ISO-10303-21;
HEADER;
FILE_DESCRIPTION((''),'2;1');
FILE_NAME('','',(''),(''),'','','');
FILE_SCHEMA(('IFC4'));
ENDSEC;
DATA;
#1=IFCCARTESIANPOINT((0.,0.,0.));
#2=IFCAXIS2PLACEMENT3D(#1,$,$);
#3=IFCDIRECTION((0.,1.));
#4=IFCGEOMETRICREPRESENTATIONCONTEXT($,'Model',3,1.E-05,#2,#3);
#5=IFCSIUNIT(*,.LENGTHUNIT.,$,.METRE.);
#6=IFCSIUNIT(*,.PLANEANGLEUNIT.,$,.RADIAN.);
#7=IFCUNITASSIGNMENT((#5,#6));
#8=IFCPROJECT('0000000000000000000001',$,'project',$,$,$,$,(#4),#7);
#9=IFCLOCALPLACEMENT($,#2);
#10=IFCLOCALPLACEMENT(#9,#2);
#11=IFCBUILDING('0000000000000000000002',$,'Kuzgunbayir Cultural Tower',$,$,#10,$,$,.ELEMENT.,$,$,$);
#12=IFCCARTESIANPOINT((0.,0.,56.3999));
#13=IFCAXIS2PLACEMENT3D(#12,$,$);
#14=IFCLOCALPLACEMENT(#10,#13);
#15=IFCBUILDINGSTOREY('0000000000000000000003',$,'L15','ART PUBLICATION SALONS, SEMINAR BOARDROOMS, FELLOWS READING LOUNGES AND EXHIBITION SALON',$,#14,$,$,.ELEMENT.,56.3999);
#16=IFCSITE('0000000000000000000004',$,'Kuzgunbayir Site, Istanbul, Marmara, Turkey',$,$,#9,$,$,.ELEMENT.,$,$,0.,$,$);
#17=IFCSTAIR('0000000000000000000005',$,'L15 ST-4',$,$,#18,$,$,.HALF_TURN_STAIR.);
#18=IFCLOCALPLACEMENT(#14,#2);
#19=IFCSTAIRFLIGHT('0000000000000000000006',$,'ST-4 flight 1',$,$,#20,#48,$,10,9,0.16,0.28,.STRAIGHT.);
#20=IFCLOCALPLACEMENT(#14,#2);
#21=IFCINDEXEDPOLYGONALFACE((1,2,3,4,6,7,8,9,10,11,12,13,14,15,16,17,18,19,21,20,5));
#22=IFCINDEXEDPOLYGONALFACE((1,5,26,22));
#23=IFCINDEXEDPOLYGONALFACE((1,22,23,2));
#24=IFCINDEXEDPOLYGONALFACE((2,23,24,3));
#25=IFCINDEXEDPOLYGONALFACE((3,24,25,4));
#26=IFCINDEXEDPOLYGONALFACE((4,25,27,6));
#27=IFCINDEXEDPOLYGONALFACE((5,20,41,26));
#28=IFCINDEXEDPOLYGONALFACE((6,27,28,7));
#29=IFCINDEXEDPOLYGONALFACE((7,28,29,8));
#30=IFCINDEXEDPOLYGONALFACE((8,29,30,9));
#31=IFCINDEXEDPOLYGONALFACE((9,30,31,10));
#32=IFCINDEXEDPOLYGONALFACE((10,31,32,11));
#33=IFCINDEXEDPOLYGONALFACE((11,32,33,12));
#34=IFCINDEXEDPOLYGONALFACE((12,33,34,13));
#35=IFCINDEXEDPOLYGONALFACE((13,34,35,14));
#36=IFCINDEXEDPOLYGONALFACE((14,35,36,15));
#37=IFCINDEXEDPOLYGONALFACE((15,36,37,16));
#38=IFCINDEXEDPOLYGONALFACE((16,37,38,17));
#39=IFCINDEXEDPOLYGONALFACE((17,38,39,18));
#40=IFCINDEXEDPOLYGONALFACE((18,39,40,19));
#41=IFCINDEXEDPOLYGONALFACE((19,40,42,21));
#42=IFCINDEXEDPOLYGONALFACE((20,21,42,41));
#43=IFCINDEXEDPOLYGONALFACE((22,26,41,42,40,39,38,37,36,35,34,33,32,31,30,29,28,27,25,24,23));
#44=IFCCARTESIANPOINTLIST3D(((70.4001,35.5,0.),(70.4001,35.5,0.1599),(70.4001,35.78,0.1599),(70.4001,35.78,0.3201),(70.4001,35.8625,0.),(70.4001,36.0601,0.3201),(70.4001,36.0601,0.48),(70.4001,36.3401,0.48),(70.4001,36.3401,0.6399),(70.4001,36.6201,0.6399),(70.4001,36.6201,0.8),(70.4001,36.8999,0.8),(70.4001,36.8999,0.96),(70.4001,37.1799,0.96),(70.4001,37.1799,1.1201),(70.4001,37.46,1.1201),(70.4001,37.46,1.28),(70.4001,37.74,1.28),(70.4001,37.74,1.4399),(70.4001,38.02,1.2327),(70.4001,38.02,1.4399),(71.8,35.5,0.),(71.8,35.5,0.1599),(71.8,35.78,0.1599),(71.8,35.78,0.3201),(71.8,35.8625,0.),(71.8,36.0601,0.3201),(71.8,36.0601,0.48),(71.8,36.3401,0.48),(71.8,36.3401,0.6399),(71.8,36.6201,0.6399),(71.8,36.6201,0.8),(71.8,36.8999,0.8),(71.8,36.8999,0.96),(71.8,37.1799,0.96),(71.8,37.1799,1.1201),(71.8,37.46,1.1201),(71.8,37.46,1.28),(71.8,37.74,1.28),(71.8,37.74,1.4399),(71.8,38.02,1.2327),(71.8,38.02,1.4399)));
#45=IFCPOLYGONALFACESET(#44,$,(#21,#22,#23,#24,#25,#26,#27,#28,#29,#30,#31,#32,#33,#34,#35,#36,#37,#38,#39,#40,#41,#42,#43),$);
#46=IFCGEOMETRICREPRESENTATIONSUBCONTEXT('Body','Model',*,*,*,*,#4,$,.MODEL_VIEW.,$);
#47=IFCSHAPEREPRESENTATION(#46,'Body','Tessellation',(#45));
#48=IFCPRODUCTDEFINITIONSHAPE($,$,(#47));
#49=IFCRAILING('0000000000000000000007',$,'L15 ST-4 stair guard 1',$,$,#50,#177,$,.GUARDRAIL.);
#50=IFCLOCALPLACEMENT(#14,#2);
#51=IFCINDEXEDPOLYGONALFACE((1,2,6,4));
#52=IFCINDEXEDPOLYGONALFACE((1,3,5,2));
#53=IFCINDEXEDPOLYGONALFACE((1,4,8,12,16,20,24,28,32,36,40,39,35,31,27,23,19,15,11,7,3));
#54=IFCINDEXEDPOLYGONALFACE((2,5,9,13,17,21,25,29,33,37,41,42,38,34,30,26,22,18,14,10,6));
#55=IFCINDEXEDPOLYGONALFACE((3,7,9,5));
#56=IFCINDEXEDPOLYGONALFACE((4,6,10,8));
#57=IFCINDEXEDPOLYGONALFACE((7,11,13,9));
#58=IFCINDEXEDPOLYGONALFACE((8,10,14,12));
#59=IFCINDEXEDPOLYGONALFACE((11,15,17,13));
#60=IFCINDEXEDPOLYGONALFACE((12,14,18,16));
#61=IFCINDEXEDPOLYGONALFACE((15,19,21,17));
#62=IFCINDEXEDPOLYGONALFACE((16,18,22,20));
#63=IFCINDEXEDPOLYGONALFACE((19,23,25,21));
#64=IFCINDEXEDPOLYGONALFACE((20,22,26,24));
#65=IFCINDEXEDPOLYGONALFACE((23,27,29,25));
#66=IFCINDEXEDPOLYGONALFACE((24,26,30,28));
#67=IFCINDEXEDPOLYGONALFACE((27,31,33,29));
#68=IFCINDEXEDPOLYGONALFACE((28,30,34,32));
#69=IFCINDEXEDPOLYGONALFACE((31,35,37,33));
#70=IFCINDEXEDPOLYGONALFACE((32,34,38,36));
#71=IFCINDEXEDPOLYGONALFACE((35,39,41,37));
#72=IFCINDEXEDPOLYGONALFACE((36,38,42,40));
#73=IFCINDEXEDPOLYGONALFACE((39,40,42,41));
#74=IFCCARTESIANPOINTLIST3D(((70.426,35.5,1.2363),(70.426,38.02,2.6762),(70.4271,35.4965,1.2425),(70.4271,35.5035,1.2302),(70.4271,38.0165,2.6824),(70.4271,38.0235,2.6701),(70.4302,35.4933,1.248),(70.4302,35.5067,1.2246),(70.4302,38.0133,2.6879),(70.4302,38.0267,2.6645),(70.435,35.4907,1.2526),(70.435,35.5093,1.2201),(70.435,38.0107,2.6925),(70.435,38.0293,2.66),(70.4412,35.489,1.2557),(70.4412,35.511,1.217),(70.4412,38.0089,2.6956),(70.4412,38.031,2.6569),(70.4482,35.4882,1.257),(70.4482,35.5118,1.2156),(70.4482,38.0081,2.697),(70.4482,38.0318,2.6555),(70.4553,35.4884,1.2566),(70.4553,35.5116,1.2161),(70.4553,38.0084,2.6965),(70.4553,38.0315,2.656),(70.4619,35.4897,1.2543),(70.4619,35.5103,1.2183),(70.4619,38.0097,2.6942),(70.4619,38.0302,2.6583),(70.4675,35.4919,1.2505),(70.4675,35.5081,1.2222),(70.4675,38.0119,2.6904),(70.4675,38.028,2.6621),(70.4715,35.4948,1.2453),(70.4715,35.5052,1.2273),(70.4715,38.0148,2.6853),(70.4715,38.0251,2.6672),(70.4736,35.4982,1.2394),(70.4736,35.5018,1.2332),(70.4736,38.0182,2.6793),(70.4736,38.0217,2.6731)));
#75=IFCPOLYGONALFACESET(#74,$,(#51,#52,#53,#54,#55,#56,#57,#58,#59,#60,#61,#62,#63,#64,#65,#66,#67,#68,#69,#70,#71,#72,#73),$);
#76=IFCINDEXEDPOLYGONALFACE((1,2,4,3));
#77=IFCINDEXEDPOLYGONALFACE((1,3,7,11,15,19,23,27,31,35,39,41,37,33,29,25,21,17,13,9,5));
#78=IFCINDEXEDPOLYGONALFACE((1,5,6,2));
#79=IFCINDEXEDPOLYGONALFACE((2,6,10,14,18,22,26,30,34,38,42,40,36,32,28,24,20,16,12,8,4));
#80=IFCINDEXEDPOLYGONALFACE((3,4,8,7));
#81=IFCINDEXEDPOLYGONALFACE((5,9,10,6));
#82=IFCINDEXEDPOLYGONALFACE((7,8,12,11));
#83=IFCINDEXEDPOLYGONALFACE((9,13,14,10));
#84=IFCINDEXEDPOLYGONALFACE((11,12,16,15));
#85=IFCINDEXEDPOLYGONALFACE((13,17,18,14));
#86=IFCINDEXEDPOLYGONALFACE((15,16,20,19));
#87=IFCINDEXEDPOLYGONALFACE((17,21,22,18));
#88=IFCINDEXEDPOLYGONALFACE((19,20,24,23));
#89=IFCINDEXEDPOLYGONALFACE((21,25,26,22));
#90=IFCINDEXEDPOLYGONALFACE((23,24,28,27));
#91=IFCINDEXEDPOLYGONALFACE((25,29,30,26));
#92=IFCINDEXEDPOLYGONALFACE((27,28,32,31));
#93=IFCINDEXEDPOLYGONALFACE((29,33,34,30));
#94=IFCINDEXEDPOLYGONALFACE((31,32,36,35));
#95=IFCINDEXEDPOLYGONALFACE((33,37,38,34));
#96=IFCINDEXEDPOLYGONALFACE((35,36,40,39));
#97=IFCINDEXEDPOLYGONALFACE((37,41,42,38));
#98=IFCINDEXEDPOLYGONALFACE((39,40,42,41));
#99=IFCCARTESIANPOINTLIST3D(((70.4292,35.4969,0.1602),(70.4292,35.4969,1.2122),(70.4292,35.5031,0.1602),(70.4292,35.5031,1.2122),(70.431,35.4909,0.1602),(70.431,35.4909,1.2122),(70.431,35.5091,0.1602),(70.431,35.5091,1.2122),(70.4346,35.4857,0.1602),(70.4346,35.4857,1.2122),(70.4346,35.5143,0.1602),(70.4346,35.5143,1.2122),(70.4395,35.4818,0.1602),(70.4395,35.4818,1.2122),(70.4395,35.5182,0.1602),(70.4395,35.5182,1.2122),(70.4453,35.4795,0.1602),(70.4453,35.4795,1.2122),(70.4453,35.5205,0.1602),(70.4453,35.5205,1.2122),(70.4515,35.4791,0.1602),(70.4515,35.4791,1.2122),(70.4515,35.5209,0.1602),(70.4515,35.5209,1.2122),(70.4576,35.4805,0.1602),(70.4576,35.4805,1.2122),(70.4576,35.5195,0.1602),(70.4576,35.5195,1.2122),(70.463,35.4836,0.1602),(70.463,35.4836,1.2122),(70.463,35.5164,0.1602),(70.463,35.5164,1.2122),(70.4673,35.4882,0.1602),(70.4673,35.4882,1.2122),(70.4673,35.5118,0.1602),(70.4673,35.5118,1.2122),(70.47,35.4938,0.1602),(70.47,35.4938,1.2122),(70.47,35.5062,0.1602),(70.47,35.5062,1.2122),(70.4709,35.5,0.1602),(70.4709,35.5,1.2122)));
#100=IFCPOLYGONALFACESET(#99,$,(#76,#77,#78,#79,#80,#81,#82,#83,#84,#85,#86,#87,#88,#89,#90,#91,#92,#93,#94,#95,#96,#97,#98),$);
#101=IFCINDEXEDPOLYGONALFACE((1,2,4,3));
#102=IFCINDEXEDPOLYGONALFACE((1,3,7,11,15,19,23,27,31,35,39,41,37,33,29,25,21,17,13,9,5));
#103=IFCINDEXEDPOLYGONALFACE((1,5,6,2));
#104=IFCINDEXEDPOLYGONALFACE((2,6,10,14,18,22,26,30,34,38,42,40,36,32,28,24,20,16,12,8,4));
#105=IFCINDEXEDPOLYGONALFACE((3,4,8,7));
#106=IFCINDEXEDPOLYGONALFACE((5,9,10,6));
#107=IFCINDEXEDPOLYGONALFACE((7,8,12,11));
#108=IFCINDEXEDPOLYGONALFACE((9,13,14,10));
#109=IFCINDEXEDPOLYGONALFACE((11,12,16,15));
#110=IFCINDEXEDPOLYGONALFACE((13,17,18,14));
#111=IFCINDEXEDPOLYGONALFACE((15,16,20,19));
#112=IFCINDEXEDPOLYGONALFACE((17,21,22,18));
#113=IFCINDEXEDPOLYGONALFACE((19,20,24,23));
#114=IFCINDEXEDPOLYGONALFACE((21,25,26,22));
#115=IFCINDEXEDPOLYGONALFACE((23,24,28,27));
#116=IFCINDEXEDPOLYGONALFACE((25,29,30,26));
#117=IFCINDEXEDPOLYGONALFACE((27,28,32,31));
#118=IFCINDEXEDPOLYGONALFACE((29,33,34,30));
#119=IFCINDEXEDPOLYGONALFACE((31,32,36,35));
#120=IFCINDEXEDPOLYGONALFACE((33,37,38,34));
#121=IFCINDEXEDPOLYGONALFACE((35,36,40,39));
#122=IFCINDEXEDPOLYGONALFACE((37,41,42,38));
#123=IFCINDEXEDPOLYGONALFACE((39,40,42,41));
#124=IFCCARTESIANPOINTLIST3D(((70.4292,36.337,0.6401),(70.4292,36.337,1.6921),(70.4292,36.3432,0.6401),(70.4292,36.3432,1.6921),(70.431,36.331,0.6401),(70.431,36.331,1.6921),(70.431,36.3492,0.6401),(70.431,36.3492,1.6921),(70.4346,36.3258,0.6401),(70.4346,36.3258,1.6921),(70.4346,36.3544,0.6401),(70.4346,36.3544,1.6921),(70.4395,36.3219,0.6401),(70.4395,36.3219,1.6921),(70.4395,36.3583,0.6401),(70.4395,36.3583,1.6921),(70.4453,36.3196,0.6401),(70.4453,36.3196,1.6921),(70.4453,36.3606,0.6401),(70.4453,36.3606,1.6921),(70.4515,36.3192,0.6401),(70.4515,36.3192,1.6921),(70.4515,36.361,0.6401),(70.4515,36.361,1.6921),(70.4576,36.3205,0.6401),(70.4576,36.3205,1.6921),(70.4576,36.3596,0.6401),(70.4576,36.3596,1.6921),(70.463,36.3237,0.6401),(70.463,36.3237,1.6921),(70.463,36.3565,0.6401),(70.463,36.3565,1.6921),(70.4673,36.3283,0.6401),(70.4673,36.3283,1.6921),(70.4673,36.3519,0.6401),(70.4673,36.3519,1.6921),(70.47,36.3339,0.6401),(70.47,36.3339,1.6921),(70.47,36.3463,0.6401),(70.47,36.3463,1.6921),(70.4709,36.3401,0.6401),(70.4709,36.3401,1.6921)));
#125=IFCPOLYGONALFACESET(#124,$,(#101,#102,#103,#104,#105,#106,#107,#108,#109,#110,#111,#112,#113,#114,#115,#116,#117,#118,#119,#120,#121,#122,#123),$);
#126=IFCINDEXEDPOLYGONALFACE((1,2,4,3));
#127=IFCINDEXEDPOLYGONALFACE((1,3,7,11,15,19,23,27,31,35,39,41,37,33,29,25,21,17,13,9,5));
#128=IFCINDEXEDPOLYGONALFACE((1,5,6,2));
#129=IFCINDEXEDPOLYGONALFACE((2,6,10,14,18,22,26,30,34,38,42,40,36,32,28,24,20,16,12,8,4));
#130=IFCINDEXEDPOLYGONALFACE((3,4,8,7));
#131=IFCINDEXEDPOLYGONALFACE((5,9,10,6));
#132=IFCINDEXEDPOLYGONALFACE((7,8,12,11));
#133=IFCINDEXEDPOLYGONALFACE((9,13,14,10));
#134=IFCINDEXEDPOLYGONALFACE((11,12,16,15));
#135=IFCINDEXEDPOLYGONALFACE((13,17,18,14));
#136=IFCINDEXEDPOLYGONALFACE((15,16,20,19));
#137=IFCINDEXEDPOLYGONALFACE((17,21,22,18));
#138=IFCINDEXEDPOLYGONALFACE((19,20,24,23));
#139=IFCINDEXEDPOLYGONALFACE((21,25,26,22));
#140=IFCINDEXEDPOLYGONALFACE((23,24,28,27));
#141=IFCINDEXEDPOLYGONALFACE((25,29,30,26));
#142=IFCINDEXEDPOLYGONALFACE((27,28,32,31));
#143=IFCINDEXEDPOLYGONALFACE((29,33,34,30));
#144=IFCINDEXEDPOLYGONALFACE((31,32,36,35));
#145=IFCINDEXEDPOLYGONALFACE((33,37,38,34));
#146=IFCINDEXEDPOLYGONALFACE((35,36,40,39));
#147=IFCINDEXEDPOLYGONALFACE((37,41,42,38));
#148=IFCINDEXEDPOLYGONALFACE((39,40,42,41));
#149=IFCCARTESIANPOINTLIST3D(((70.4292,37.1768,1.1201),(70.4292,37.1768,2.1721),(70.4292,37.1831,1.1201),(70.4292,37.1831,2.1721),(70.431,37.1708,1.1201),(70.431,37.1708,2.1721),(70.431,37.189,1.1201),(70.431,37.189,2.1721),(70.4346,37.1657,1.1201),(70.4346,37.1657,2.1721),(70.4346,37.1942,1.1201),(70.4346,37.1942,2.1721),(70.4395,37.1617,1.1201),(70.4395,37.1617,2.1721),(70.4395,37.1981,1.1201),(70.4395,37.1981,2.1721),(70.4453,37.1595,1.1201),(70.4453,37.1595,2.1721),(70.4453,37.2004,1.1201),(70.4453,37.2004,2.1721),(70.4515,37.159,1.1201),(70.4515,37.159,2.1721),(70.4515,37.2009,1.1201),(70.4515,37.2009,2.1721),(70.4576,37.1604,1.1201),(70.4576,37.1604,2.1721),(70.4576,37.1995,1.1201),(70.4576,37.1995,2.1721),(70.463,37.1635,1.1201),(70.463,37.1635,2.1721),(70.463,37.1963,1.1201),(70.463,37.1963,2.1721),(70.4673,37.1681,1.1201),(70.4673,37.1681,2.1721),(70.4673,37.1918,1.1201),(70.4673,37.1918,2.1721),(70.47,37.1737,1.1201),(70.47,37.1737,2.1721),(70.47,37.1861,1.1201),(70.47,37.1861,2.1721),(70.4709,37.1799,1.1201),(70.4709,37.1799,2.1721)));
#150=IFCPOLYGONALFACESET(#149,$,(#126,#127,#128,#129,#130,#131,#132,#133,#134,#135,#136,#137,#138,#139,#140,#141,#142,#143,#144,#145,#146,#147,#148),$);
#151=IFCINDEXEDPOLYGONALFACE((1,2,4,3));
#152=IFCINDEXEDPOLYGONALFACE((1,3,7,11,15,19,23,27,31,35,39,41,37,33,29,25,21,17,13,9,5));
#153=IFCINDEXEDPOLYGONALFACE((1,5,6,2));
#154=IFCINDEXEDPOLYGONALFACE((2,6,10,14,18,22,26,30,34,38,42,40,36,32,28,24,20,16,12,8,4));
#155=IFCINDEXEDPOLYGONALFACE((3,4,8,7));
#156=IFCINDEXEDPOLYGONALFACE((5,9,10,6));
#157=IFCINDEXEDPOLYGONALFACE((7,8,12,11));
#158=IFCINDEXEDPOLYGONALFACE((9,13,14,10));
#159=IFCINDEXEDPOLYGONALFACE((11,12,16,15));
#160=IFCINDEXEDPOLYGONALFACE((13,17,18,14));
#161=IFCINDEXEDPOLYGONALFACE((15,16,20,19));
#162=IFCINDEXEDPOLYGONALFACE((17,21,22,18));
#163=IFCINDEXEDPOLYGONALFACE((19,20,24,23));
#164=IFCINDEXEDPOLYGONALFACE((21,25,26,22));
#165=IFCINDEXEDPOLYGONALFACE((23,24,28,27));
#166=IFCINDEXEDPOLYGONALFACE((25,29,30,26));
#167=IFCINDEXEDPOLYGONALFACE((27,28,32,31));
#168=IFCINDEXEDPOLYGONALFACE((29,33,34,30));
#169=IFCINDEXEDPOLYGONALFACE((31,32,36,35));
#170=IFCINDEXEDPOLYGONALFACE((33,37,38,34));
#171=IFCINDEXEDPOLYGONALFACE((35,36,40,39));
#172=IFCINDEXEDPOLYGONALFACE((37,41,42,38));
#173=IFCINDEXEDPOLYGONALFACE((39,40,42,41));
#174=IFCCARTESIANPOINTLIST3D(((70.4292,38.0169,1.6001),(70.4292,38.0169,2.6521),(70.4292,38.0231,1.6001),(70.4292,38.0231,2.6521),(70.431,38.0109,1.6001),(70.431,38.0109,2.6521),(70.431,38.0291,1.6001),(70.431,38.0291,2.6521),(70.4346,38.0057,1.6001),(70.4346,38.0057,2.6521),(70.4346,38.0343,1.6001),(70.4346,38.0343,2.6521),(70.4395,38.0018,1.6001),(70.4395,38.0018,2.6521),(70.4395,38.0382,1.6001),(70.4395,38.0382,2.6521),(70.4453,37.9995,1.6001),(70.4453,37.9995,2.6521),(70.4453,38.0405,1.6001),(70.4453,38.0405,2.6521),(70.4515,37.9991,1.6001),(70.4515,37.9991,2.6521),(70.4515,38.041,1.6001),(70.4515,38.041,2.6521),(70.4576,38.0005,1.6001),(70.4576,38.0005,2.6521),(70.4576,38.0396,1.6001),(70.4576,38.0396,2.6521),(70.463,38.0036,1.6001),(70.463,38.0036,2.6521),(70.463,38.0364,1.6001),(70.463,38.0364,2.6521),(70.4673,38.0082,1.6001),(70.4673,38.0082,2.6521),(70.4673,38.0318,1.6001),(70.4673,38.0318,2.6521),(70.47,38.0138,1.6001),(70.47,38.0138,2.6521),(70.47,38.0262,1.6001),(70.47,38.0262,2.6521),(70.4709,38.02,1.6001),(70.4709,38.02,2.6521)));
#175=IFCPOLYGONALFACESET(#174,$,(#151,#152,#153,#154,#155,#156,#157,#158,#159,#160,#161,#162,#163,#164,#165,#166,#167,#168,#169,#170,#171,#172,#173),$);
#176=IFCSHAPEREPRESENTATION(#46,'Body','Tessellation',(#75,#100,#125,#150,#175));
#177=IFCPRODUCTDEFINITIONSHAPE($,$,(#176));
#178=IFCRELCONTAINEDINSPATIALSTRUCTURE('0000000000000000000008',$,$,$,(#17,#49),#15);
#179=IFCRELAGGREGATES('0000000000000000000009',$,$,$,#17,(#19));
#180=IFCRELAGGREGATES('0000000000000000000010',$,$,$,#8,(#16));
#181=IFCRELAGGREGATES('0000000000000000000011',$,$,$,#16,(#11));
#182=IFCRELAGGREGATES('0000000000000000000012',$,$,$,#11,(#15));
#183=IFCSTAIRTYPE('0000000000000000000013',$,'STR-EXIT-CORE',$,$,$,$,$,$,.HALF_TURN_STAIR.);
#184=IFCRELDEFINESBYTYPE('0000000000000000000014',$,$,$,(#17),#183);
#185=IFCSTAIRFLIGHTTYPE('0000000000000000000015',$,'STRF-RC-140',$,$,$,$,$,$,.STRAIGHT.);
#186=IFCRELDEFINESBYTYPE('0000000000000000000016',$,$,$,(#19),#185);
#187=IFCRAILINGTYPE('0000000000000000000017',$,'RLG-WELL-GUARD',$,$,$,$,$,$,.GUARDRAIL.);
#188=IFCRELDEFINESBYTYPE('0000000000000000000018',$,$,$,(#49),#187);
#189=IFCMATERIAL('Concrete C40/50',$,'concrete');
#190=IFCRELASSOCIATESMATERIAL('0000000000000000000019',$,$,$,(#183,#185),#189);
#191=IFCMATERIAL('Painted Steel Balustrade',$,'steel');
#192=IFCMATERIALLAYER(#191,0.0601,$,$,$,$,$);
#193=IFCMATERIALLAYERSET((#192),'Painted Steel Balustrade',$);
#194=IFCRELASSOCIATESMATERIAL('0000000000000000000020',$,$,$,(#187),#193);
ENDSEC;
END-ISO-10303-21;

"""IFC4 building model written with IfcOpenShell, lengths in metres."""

from ifc_helpers import new_model, si_unit, direction, frame, origin, origin_2d, place, context, subcontext, project, spatial, polyline, circle, outline, extrude, material, layer, layer_set, type_object, element, aggregate, save


model = new_model("IFC4")

# Units and contexts
model_context = context("Model", 3, precision=1e-05, world=origin(), true_north=direction((0.0, 1.0)))
body_context = subcontext(model_context, "Body", "Model", "MODEL_VIEW")
ifc_project = project(units=[si_unit("LENGTHUNIT", "METRE"), si_unit("PLANEANGLEUNIT", "RADIAN")], contexts=[model_context])

# Site, building, storey
site_placement = place(None, origin())
site = spatial("IfcSite", under=ifc_project, at=site_placement, Name="Kuzgunbayir Site, Istanbul, Marmara, Turkey", CompositionType="ELEMENT", RefElevation=0.0)
building_placement = place(site_placement, origin())
building = spatial("IfcBuilding", under=site, at=building_placement, Name="Kuzgunbayir Cultural Tower", CompositionType="ELEMENT")
storey_placement = place(building_placement, frame((0.0, 0.0, 56.3999)))
storey = spatial("IfcBuildingStorey", under=building, at=storey_placement, Name="L15", Description="ART PUBLICATION SALONS, SEMINAR BOARDROOMS, FELLOWS READING LOUNGES AND EXHIBITION SALON", CompositionType="ELEMENT", Elevation=56.3999)

# Shared definitions
ifc_material_1 = material(Name="Concrete C40/50", Category="concrete")

# Stair, stair flight
stair_type = type_object("IfcStairType", Name="STR-EXIT-CORE", PredefinedType="HALF_TURN_STAIR", material=ifc_material_1)
stair_placement = place(storey_placement, origin())
stair = element("IfcStair", 1, at=stair_placement, inside=storey, type_object=stair_type, Name="L15 ST-4", PredefinedType="HALF_TURN_STAIR")
stair_flight_type = type_object("IfcStairFlightType", Name="STRF-RC-140", PredefinedType="STRAIGHT", material=ifc_material_1)
stair_flight_placement = place(storey_placement, frame((71.1001, 35.5, 0.0), z_axis=(0.0, 0.0, 1.0), x_axis=(0.0, 1.0, 0.0)))
stair_flight = element("IfcStairFlight", 2, at=stair_flight_placement, type_object=stair_flight_type, Name="ST-4 flight 1", NumberOfRisers=10, NumberOfTreads=9, PredefinedType="STRAIGHT", RiserHeight=0.16, TreadLength=0.28, context=body_context, shape_type="SweptSolid", body=[
    extrude(outline(polyline([(0.0, 0.0), (0.0, 0.1599), (0.28, 0.1599), (0.28, 0.3201), (0.5601, 0.3201), (0.5601, 0.48), (0.8401, 0.48), (0.8401, 0.6399), (1.1201, 0.6399), (1.1201, 0.8), (1.3999, 0.8), (1.3999, 0.96), (1.6799, 0.96), (1.6799, 1.1201), (1.96, 1.1201), (1.96, 1.28), (2.24, 1.28), (2.24, 1.4399), (2.52, 1.4399), (2.52, 1.6001), (2.52, 1.2327), (0.3625, 0.0), (0.0, 0.0)])), frame((0.0, 0.7, 0.0), z_axis=(0.0, -1.0, 0.0), x_axis=(1.0, 0.0, 0.0)), (0.0, 0.0, 1.0), 1.3999),
])
aggregate(stair, [stair_flight])

# Railing
ifc_material_2 = material(Name="Painted Steel Balustrade", Category="steel")
ifc_layer_1 = layer(ifc_material_2, 0.0601)
ifc_layer_set_1 = layer_set([ifc_layer_1], Name="Painted Steel Balustrade")
railing_type = type_object("IfcRailingType", Name="RLG-WELL-GUARD", PredefinedType="GUARDRAIL", material=ifc_layer_set_1)
railing_1_placement = place(storey_placement, frame((70.45, 35.5, 0.1602)))
element("IfcRailing", 3, at=railing_1_placement, inside=storey, type_object=railing_type, Name="L15 ST-4 stair guard 1", PredefinedType="GUARDRAIL", context=body_context, shape_type="SweptSolid", body=[
    extrude(circle(Radius=0.0239, at=origin_2d()), frame((0.0, 0.0, 1.0762), z_axis=(0.0, 0.868253, 0.496121), x_axis=(-1.0, 0.0, 0.0)), (0.0, 0.0, 1.0), 2.9023),
    extrude(circle(Radius=0.021, at=origin_2d()), origin(), (0.0, 0.0, 1.0), 1.052),
    extrude(circle(Radius=0.021, at=origin_2d()), frame((0.0, 0.8401, 0.48)), (0.0, 0.0, 1.0), 1.052),
    extrude(circle(Radius=0.021, at=origin_2d()), frame((0.0, 1.6799, 0.96)), (0.0, 0.0, 1.0), 1.052),
    extrude(circle(Radius=0.021, at=origin_2d()), frame((0.0, 2.52, 1.4399)), (0.0, 0.0, 1.0), 1.052),
])

save(model, "model.ifc")
